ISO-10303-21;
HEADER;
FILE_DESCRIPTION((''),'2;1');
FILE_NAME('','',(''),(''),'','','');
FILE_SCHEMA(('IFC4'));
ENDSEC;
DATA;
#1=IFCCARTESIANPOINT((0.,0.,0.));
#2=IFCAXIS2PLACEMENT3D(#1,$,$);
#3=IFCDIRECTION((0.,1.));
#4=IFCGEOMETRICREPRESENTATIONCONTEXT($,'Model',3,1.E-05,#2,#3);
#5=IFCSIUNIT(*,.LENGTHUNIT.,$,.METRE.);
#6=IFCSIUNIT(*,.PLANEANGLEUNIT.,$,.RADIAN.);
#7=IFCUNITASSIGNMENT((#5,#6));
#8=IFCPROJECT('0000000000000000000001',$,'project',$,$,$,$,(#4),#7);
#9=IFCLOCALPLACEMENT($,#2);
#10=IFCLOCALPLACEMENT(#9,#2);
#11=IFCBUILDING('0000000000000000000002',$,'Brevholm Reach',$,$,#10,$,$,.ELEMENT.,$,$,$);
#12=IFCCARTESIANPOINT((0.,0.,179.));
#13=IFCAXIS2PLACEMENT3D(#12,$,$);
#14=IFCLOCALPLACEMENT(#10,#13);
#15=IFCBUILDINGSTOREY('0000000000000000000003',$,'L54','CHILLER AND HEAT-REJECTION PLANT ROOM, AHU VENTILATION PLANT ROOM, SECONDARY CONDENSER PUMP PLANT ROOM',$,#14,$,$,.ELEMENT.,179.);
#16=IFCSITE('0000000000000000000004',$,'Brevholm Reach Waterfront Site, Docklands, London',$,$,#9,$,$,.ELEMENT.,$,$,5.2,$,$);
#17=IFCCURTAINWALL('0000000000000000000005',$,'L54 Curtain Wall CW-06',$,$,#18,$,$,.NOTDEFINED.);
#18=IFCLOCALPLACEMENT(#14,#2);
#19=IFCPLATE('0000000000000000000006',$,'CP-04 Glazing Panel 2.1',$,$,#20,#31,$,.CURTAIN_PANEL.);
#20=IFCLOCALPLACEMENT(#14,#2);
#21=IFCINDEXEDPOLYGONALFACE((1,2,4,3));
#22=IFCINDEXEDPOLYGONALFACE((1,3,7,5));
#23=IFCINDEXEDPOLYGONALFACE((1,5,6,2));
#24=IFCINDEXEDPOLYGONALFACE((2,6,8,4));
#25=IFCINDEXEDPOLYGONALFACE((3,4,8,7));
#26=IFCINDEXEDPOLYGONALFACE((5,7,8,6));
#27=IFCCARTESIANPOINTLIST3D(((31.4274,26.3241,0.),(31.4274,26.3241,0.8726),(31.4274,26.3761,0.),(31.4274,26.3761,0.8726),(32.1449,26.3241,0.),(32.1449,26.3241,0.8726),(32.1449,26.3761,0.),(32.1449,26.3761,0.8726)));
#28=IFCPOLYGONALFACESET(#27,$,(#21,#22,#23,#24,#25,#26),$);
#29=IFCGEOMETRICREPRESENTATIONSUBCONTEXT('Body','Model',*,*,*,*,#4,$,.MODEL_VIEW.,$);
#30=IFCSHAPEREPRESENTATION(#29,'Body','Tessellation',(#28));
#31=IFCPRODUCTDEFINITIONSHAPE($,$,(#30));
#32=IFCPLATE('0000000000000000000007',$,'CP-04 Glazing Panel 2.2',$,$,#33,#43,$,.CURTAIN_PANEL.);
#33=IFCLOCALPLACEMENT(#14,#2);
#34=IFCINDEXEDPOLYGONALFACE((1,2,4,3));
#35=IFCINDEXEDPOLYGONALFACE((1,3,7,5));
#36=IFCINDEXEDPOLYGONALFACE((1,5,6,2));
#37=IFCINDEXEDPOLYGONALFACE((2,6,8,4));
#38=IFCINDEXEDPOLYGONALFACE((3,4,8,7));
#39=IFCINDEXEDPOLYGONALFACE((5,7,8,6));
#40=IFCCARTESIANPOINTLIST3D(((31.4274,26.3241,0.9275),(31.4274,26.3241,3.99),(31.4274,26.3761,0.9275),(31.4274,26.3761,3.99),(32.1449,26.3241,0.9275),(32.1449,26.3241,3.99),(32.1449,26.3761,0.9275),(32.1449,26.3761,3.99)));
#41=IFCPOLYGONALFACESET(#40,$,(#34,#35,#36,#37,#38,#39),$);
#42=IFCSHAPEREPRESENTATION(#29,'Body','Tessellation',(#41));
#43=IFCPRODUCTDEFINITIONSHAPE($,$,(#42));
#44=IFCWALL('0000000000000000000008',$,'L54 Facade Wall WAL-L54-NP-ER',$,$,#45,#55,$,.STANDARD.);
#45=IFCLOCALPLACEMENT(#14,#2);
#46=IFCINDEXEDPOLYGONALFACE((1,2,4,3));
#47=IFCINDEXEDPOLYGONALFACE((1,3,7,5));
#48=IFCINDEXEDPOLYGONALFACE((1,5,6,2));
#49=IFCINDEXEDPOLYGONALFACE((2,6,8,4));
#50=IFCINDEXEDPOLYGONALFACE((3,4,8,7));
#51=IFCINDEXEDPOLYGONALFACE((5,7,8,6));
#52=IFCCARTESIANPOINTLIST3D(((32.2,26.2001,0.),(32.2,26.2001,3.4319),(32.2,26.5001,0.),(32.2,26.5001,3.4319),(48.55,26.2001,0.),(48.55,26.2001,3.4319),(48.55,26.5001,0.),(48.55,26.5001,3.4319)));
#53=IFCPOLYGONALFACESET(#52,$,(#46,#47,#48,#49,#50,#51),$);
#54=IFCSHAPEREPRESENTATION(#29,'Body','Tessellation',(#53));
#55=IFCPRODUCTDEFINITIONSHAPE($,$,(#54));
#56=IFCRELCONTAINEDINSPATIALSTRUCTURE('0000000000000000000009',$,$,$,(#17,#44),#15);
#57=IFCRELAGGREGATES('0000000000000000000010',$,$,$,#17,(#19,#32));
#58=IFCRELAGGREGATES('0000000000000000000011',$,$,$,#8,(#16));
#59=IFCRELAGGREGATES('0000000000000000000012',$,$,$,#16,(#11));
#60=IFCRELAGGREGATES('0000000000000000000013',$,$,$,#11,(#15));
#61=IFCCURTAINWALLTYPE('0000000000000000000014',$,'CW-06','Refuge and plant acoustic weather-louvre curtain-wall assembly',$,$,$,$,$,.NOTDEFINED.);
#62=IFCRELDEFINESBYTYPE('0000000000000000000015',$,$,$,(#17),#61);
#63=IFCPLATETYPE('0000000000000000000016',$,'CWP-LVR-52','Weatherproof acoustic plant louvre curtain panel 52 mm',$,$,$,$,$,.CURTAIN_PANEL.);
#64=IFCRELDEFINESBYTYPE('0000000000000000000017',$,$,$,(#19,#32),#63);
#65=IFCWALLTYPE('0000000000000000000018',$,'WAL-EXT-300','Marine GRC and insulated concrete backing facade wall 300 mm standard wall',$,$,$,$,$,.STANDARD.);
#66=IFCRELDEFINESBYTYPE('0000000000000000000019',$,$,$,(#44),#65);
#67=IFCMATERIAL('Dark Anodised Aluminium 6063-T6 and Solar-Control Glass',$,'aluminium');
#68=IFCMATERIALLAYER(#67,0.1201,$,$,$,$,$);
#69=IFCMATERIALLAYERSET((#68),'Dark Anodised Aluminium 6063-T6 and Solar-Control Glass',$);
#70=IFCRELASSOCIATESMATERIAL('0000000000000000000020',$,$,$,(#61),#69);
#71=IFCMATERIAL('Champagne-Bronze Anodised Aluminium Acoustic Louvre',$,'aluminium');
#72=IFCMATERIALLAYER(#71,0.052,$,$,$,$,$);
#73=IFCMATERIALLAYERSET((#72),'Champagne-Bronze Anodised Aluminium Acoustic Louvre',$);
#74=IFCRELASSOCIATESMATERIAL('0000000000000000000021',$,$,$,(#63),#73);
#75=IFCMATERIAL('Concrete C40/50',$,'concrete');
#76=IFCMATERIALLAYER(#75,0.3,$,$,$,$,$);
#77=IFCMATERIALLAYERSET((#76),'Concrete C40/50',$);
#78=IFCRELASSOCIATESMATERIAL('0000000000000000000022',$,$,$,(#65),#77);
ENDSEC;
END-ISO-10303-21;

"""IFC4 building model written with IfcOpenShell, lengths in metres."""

from ifc_helpers import new_model, si_unit, direction, frame, frame_2d, origin, origin_2d, place, context, subcontext, project, spatial, rectangle, extrude, material, layer, layer_set, type_object, element, aggregate, save


model = new_model("IFC4")

# Units and contexts
model_context = context("Model", 3, precision=1e-05, world=origin(), true_north=direction((0.0, 1.0)))
body_context = subcontext(model_context, "Body", "Model", "MODEL_VIEW")
ifc_project = project(units=[si_unit("LENGTHUNIT", "METRE"), si_unit("PLANEANGLEUNIT", "RADIAN")], contexts=[model_context])

# Site, building, storey
site_placement = place(None, origin())
site = spatial("IfcSite", under=ifc_project, at=site_placement, Name="Brevholm Reach Waterfront Site, Docklands, London", CompositionType="ELEMENT", RefElevation=5.2)
building_placement = place(site_placement, origin())
building = spatial("IfcBuilding", under=site, at=building_placement, Name="Brevholm Reach", CompositionType="ELEMENT")
storey_placement = place(building_placement, frame((0.0, 0.0, 179.0)))
storey = spatial("IfcBuildingStorey", under=building, at=storey_placement, Name="L54", Description="CHILLER AND HEAT-REJECTION PLANT ROOM, AHU VENTILATION PLANT ROOM, SECONDARY CONDENSER PUMP PLANT ROOM", CompositionType="ELEMENT", Elevation=179.0)

# Curtain wall
ifc_material_1 = material(Name="Dark Anodised Aluminium 6063-T6 and Solar-Control Glass", Category="aluminium")
ifc_layer_1 = layer(ifc_material_1, 0.1201)
ifc_layer_set_1 = layer_set([ifc_layer_1], Name="Dark Anodised Aluminium 6063-T6 and Solar-Control Glass")
curtain_wall_type_1 = type_object("IfcCurtainWallType", Name="CW-06", Description="Refuge and plant acoustic weather-louvre curtain-wall assembly", PredefinedType="NOTDEFINED", material=ifc_layer_set_1)
curtain_wall_1_placement = place(storey_placement, origin())
curtain_wall_1 = element("IfcCurtainWall", 1, at=curtain_wall_1_placement, inside=storey, type_object=curtain_wall_type_1, Name="L54 Curtain Wall CW-06", PredefinedType="NOTDEFINED")

# Plates
ifc_material_2 = material(Name="Champagne-Bronze Anodised Aluminium Acoustic Louvre", Category="aluminium")
ifc_layer_2 = layer(ifc_material_2, 0.052)
ifc_layer_set_2 = layer_set([ifc_layer_2], Name="Champagne-Bronze Anodised Aluminium Acoustic Louvre")
plate_type_1 = type_object("IfcPlateType", Name="CWP-LVR-52", Description="Weatherproof acoustic plant louvre curtain panel 52 mm", PredefinedType="CURTAIN_PANEL", material=ifc_layer_set_2)
plate_1_placement = place(storey_placement, frame((31.7861, 26.3501, 0.0), z_axis=(0.0, 0.0, 1.0), x_axis=(1.0, 0.0, 0.0)))
plate_1 = element("IfcPlate", 2, at=plate_1_placement, type_object=plate_type_1, Name="CP-04 Glazing Panel 2.1", PredefinedType="CURTAIN_PANEL", context=body_context, shape_type="SweptSolid", body=[
    extrude(rectangle(XDim=0.7175, YDim=0.052, at=origin_2d()), origin(), (0.0, 0.0, 1.0), 0.8726),
])
plate_2_placement = place(storey_placement, frame((31.7861, 26.3501, 0.9275), z_axis=(0.0, 0.0, 1.0), x_axis=(1.0, 0.0, 0.0)))
plate_2 = element("IfcPlate", 3, at=plate_2_placement, type_object=plate_type_1, Name="CP-04 Glazing Panel 2.2", PredefinedType="CURTAIN_PANEL", context=body_context, shape_type="SweptSolid", body=[
    extrude(rectangle(XDim=0.7175, YDim=0.052, at=origin_2d()), origin(), (0.0, 0.0, 1.0), 3.0625),
])
aggregate(curtain_wall_1, [plate_1, plate_2])

# Wall
ifc_material_3 = material(Name="Concrete C40/50", Category="concrete")
ifc_layer_3 = layer(ifc_material_3, 0.3)
ifc_layer_set_3 = layer_set([ifc_layer_3], Name="Concrete C40/50")
wall_type = type_object("IfcWallType", Name="WAL-EXT-300", Description="Marine GRC and insulated concrete backing facade wall 300 mm standard wall", PredefinedType="STANDARD", material=ifc_layer_set_3)
wall_placement = place(storey_placement, frame((32.2, 26.3501, 0.0), z_axis=(0.0, 0.0, 1.0), x_axis=(1.0, 0.0, 0.0)))
element("IfcWall", 4, at=wall_placement, inside=storey, type_object=wall_type, Name="L54 Facade Wall WAL-L54-NP-ER", PredefinedType="STANDARD", context=body_context, shape_type="SweptSolid", body=[
    extrude(rectangle(XDim=16.3501, YDim=0.3, at=frame_2d((8.175, 0.0))), origin(), (0.0, 0.0, 1.0), 3.4319),
])

save(model, "model.ifc")
